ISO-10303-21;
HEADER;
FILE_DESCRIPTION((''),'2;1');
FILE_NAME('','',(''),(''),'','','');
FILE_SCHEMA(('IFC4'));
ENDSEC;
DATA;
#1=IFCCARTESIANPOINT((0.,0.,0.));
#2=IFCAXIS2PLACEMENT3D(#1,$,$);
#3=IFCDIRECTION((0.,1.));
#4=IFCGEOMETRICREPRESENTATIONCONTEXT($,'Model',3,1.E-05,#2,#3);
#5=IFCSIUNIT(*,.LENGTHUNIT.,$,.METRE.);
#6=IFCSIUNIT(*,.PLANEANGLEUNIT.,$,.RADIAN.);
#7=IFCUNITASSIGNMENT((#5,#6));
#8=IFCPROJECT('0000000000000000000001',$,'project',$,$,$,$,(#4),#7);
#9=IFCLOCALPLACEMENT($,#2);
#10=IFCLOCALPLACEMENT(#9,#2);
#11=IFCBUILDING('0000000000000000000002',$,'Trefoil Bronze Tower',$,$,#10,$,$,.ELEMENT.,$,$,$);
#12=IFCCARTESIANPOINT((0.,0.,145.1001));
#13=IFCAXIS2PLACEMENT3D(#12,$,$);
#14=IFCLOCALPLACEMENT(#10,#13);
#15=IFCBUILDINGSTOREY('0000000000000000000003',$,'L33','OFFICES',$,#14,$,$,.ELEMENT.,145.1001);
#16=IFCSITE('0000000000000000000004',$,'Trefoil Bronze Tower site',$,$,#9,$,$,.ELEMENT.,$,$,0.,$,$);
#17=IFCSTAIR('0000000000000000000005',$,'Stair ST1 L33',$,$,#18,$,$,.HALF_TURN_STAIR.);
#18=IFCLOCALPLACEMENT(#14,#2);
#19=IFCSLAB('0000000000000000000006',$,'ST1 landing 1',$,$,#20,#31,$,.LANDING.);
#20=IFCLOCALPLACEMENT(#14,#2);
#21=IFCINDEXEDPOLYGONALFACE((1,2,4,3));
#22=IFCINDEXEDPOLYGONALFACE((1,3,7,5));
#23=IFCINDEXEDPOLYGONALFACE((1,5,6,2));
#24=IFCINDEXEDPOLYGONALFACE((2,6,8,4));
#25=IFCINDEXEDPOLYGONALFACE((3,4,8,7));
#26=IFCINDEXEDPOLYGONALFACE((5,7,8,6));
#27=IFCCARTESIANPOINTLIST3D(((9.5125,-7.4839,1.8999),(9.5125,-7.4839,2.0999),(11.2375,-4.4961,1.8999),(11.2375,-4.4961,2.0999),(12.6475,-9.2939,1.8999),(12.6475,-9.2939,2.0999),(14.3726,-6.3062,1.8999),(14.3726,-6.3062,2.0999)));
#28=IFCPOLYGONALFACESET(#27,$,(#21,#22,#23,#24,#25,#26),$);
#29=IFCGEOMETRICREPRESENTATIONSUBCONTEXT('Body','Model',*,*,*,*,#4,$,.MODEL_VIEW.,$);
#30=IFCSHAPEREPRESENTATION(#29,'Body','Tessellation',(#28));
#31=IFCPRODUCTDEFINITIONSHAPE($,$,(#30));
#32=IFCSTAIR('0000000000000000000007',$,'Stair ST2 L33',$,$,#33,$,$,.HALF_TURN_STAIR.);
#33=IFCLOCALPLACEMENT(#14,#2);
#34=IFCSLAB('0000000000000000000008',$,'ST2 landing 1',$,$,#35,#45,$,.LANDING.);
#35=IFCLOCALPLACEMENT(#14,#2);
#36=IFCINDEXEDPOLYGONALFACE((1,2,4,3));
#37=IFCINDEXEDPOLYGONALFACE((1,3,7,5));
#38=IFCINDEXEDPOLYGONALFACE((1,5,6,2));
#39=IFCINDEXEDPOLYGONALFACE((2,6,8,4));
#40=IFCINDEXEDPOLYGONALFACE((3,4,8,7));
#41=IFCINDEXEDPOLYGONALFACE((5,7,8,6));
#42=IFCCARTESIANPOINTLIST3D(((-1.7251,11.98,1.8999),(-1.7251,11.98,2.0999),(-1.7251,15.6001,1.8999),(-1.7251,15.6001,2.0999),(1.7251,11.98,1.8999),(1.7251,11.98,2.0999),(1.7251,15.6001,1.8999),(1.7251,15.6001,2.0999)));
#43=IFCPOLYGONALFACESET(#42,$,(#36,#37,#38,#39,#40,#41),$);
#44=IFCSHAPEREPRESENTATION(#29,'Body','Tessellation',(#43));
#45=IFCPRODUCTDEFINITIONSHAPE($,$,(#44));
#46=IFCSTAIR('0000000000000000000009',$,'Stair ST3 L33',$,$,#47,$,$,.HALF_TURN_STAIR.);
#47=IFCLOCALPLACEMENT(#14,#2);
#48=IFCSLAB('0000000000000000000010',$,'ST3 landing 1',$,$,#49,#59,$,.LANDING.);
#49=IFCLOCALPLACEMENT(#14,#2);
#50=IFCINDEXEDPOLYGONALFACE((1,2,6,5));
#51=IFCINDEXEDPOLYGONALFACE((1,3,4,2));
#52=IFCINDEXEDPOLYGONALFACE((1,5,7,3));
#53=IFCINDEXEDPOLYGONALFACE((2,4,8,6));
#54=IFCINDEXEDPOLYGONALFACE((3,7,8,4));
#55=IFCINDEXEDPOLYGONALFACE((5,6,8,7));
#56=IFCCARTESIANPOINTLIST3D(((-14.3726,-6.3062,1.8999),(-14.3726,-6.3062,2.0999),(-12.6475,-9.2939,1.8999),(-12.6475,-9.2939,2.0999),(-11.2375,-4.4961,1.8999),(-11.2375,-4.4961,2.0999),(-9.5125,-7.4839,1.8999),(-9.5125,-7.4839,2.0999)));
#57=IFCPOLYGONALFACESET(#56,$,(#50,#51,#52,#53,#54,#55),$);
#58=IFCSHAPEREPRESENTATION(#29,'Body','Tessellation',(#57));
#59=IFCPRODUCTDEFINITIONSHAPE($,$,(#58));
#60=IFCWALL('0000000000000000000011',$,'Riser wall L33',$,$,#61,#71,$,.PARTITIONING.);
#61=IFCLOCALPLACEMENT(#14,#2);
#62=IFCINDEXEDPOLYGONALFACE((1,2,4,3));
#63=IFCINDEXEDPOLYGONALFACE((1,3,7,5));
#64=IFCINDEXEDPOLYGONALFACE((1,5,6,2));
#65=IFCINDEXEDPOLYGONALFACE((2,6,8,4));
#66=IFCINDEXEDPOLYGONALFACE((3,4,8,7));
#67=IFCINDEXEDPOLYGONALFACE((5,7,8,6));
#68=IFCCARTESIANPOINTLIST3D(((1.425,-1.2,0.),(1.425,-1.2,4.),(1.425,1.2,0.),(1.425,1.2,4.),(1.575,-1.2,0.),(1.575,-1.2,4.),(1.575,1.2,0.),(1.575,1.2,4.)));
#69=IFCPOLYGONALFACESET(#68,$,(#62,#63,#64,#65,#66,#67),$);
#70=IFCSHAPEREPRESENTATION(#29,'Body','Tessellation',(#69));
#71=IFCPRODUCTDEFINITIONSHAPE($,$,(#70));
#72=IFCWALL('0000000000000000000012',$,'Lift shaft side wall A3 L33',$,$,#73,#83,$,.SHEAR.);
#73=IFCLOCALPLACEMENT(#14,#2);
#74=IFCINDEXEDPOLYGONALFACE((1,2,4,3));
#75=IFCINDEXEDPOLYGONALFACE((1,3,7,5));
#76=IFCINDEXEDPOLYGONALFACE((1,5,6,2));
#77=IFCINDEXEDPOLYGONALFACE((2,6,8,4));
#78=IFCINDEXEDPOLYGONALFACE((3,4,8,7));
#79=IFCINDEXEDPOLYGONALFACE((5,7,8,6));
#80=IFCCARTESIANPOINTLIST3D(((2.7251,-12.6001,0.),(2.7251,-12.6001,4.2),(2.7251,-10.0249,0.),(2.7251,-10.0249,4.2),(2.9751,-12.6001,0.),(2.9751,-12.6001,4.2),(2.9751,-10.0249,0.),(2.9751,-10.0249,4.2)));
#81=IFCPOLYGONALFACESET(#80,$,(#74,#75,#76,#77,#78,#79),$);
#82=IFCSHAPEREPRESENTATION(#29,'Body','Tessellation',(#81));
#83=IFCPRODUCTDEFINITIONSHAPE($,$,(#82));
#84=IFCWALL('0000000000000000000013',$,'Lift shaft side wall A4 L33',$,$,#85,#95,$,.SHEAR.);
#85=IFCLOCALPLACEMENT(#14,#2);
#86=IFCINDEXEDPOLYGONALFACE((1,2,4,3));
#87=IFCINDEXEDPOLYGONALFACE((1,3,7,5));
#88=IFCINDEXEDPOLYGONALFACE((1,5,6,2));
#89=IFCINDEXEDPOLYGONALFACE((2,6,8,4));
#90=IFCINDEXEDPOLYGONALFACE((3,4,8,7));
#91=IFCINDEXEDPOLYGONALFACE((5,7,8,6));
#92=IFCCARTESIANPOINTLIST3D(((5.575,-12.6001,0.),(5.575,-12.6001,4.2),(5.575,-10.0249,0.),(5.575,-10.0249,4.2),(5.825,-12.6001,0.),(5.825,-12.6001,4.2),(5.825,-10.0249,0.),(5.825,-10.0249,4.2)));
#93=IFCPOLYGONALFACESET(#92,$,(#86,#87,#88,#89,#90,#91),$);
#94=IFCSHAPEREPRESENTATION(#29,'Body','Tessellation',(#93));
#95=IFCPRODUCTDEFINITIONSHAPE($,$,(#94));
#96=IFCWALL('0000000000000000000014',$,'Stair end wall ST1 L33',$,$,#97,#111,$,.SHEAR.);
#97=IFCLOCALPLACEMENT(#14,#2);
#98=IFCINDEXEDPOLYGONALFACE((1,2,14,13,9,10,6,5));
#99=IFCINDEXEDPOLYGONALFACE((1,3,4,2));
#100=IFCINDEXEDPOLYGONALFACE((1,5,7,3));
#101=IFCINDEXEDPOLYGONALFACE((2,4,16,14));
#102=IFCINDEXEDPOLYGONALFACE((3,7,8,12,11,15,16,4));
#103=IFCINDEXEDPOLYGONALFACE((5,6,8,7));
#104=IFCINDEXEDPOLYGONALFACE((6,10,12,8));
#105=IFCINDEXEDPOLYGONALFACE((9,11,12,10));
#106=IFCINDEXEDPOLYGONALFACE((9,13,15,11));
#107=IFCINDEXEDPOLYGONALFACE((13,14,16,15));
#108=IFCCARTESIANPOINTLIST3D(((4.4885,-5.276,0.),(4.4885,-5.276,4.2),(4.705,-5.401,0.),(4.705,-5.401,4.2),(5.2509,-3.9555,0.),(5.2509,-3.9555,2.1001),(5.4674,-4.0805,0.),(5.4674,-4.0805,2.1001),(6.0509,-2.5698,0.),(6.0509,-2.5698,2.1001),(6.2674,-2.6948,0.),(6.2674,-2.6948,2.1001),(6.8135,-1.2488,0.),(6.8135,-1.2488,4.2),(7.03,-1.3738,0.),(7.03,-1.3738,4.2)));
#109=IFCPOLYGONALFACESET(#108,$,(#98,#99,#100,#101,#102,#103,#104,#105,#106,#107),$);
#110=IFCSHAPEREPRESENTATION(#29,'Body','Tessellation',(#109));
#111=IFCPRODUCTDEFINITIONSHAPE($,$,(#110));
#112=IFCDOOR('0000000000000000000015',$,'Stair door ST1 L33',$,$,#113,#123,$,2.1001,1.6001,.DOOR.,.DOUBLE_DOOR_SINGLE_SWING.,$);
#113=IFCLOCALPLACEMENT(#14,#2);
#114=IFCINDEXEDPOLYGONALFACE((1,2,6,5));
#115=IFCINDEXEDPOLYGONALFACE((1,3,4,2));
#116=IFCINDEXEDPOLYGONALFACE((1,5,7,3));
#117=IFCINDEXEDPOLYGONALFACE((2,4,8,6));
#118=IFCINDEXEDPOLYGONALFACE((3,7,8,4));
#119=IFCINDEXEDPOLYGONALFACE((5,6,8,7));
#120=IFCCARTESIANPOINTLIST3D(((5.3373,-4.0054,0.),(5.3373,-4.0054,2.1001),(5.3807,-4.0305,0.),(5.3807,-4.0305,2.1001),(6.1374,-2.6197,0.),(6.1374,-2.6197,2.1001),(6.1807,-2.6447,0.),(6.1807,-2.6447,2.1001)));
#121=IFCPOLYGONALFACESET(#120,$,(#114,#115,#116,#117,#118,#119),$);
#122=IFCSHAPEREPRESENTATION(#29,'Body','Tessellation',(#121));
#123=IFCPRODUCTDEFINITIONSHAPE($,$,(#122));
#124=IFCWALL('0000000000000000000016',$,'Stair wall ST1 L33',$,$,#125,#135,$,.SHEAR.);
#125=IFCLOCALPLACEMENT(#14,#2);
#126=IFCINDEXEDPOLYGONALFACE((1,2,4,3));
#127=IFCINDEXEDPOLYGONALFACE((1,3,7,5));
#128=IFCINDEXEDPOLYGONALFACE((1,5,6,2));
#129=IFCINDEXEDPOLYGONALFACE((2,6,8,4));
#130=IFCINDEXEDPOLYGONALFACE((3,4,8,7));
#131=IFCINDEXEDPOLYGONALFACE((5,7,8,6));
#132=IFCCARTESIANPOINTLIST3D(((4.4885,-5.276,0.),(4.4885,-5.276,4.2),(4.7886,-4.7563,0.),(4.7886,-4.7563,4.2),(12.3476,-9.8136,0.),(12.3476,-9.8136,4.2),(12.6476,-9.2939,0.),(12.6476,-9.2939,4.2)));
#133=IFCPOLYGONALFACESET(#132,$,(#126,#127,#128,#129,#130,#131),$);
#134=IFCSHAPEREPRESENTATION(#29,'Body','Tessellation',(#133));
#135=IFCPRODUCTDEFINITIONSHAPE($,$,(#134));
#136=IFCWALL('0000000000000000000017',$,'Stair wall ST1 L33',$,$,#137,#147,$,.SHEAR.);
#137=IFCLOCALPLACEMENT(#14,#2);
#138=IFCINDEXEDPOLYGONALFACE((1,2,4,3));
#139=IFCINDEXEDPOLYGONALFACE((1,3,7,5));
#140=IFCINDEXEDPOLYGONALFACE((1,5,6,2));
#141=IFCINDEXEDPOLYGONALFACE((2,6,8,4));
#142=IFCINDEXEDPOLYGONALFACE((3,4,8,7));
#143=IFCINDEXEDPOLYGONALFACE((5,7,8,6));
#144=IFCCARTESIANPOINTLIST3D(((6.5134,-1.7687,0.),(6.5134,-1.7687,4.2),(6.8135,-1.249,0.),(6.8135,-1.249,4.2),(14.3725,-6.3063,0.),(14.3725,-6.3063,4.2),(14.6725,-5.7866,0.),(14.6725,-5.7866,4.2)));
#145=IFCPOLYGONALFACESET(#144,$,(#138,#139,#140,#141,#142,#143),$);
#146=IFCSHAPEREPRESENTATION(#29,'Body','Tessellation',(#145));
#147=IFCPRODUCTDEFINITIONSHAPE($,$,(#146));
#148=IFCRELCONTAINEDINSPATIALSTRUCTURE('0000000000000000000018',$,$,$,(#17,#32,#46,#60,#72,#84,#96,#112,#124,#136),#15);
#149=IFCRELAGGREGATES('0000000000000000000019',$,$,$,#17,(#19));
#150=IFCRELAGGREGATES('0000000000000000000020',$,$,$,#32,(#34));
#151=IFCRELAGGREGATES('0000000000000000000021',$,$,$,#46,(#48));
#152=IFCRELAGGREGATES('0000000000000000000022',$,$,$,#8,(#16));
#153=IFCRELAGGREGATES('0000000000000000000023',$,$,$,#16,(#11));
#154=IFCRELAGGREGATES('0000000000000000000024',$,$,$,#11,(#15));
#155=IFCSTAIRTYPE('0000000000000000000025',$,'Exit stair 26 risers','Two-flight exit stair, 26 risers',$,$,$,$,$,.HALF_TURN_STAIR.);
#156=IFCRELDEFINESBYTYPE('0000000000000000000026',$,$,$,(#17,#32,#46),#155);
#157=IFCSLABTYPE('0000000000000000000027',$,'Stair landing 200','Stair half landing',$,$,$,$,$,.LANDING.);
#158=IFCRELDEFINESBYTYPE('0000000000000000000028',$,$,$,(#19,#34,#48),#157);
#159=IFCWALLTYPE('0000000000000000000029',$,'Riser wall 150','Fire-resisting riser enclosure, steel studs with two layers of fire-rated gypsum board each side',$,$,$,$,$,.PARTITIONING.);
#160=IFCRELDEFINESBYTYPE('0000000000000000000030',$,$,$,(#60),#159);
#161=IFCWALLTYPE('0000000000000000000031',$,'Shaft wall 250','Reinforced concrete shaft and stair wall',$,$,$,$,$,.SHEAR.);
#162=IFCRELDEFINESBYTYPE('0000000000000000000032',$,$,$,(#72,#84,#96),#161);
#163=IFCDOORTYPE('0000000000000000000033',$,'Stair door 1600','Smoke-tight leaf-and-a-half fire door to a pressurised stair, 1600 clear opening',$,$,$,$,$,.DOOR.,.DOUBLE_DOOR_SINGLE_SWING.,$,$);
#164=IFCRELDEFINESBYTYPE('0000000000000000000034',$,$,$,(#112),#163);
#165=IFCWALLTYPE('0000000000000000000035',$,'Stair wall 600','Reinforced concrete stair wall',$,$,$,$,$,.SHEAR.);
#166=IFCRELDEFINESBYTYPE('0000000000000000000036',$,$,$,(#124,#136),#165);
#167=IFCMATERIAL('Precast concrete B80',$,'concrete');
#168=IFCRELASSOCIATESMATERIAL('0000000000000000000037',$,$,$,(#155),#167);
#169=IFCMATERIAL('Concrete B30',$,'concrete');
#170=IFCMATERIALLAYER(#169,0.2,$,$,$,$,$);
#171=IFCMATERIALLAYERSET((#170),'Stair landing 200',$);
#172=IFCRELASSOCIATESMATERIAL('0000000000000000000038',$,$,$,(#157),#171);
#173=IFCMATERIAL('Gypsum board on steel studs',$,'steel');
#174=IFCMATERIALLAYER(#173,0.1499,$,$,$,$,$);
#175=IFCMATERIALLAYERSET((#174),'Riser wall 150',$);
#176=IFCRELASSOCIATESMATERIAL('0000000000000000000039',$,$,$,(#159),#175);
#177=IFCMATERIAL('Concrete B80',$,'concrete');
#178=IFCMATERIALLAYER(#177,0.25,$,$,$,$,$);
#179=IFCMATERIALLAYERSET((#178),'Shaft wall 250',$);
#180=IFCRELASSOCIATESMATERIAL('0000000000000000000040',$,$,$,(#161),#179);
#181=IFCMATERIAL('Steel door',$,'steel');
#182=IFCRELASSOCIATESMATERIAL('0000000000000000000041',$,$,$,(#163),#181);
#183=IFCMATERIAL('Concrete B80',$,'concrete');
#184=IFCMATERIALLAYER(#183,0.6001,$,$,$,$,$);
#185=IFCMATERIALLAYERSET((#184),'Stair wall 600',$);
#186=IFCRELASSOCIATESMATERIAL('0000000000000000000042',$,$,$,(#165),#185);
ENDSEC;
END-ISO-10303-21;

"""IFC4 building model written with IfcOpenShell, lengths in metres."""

from ifc_helpers import new_model, si_unit, direction, frame, frame_2d, origin, place, context, subcontext, project, spatial, polyline, rectangle, outline, extrude, material, layer, layer_set, type_object, element, fill, aggregate, save


model = new_model("IFC4")

# Units and contexts
model_context = context("Model", 3, precision=1e-05, world=origin(), true_north=direction((0.0, 1.0)))
body_context = subcontext(model_context, "Body", "Model", "MODEL_VIEW")
ifc_project = project(units=[si_unit("LENGTHUNIT", "METRE"), si_unit("PLANEANGLEUNIT", "RADIAN")], contexts=[model_context])

# Site, building, storey
site_placement = place(None, origin())
site = spatial("IfcSite", under=ifc_project, at=site_placement, Name="Trefoil Bronze Tower site", CompositionType="ELEMENT", RefElevation=0.0)
building_placement = place(site_placement, origin())
building = spatial("IfcBuilding", under=site, at=building_placement, Name="Trefoil Bronze Tower", CompositionType="ELEMENT")
storey_placement = place(building_placement, frame((0.0, 0.0, 145.1001)))
storey = spatial("IfcBuildingStorey", under=building, at=storey_placement, Name="L33", Description="OFFICES", CompositionType="ELEMENT", Elevation=145.1001)

# Stairs, slabs
ifc_material_1 = material(Name="Precast concrete B80", Category="concrete")
stair_type = type_object("IfcStairType", Name="Exit stair 26 risers", Description="Two-flight exit stair, 26 risers", PredefinedType="HALF_TURN_STAIR", material=ifc_material_1)
stair_1_placement = place(storey_placement, origin())
stair_1 = element("IfcStair", 1, at=stair_1_placement, inside=storey, type_object=stair_type, Name="Stair ST1 L33", PredefinedType="HALF_TURN_STAIR")
ifc_material_2 = material(Name="Concrete B30", Category="concrete")
ifc_layer_1 = layer(ifc_material_2, 0.2)
ifc_layer_set_1 = layer_set([ifc_layer_1], Name="Stair landing 200")
slab_type = type_object("IfcSlabType", Name="Stair landing 200", Description="Stair half landing", PredefinedType="LANDING", material=ifc_layer_set_1)
slab_1_placement = place(storey_placement, frame((0.0, 0.0, 1.8999)))
slab_1 = element("IfcSlab", 2, at=slab_1_placement, type_object=slab_type, Name="ST1 landing 1", PredefinedType="LANDING", context=body_context, shape_type="SweptSolid", body=[
    extrude(outline(polyline([(9.5125, -7.4839), (12.6475, -9.2939), (14.3726, -6.3062), (11.2375, -4.4961), (9.5125, -7.4839)])), origin(), (0.0, 0.0, 1.0), 0.2),
])
aggregate(stair_1, [slab_1])
stair_2_placement = place(storey_placement, origin())
stair_2 = element("IfcStair", 3, at=stair_2_placement, inside=storey, type_object=stair_type, Name="Stair ST2 L33", PredefinedType="HALF_TURN_STAIR")
slab_2_placement = place(storey_placement, frame((0.0, 0.0, 1.8999)))
slab_2 = element("IfcSlab", 4, at=slab_2_placement, type_object=slab_type, Name="ST2 landing 1", PredefinedType="LANDING", context=body_context, shape_type="SweptSolid", body=[
    extrude(outline(polyline([(1.7251, 11.98), (1.7251, 15.6001), (-1.7251, 15.6001), (-1.7251, 11.98), (1.7251, 11.98)])), origin(), (0.0, 0.0, 1.0), 0.2),
])
aggregate(stair_2, [slab_2])
stair_3_placement = place(storey_placement, origin())
stair_3 = element("IfcStair", 5, at=stair_3_placement, inside=storey, type_object=stair_type, Name="Stair ST3 L33", PredefinedType="HALF_TURN_STAIR")
slab_3_placement = place(storey_placement, frame((0.0, 0.0, 1.8999)))
slab_3 = element("IfcSlab", 6, at=slab_3_placement, type_object=slab_type, Name="ST3 landing 1", PredefinedType="LANDING", context=body_context, shape_type="SweptSolid", body=[
    extrude(outline(polyline([(-11.2375, -4.4961), (-14.3726, -6.3062), (-12.6475, -9.2939), (-9.5125, -7.4839), (-11.2375, -4.4961)])), origin(), (0.0, 0.0, 1.0), 0.2),
])
aggregate(stair_3, [slab_3])

# Walls
ifc_material_3 = material(Name="Gypsum board on steel studs", Category="steel")
ifc_layer_2 = layer(ifc_material_3, 0.1499)
ifc_layer_set_2 = layer_set([ifc_layer_2], Name="Riser wall 150")
wall_type_1 = type_object("IfcWallType", Name="Riser wall 150", Description="Fire-resisting riser enclosure, steel studs with two layers of fire-rated gypsum board each side", PredefinedType="PARTITIONING", material=ifc_layer_set_2)
wall_1_placement = place(storey_placement, frame((1.5, -1.2, 0.0), z_axis=(0.0, 0.0, 1.0), x_axis=(0.0, 1.0, 0.0)))
element("IfcWall", 7, at=wall_1_placement, inside=storey, type_object=wall_type_1, Name="Riser wall L33", PredefinedType="PARTITIONING", context=body_context, shape_type="SweptSolid", body=[
    extrude(rectangle(XDim=2.3999, YDim=0.1499, at=frame_2d((1.2, 0.0))), origin(), (0.0, 0.0, 1.0), 4.0),
])
ifc_material_4 = material(Name="Concrete B80", Category="concrete")
ifc_layer_3 = layer(ifc_material_4, 0.25)
ifc_layer_set_3 = layer_set([ifc_layer_3], Name="Shaft wall 250")
wall_type_2 = type_object("IfcWallType", Name="Shaft wall 250", Description="Reinforced concrete shaft and stair wall", PredefinedType="SHEAR", material=ifc_layer_set_3)
for number, where, z_axis, x_axis, name in (
    (8, (2.8501, -10.0249, 0.0), (0.0, 0.0, 1.0), (0.0, -1.0, 0.0), "Lift shaft side wall A3 L33"),
    (9, (5.7, -10.0249, 0.0), (0.0, 0.0, 1.0), (0.0, -1.0, 0.0), "Lift shaft side wall A4 L33"),
):
    element("IfcWall", number, at=place(storey_placement, frame(where, z_axis=z_axis, x_axis=x_axis)), inside=storey, type_object=wall_type_2, Name=name, PredefinedType="SHEAR", context=body_context, shape_type="SweptSolid", body=[
        extrude(rectangle(XDim=2.5752, YDim=0.25, at=frame_2d((1.2876, 0.0))), origin(), (0.0, 0.0, 1.0), 4.2),
    ])

# Wall, opening, door
wall_2_placement = place(storey_placement, frame((4.5967, -5.3386, 0.0), z_axis=(0.0, 0.0, 1.0), x_axis=(0.499985, 0.866034, 0.0)))
wall_2 = element("IfcWall", 10, at=wall_2_placement, inside=storey, type_object=wall_type_2, Name="Stair end wall ST1 L33", PredefinedType="SHEAR", context=body_context, shape_type="SweptSolid", body=[
    extrude(rectangle(XDim=4.6501, YDim=0.25, at=frame_2d((2.3252, 0.0))), origin(), (0.0, 0.0, 1.0), 4.2),
])
opening_placement = place(wall_2_placement, frame((1.5249, 0.0, 0.0)))
opening = element("IfcOpeningElement", 11, at=opening_placement, cuts=wall_2, PredefinedType="OPENING", context=body_context, shape_type="SweptSolid", body=[
    extrude(rectangle(XDim=1.6001, YDim=2.1001, at=frame_2d((0.8, 1.05))), frame((0.0, 0.135, 0.0), z_axis=(0.0, -1.0, 0.0), x_axis=(1.0, 0.0, 0.0)), (0.0, 0.0, 1.0), 0.27),
])
ifc_material_5 = material(Name="Steel door", Category="steel")
door_type = type_object("IfcDoorType", Name="Stair door 1600", Description="Smoke-tight leaf-and-a-half fire door to a pressurised stair, 1600 clear opening", OperationType="DOUBLE_DOOR_SINGLE_SWING", PredefinedType="DOOR", material=ifc_material_5)
door_placement = place(opening_placement, frame((1.6001, 0.0, 0.0), z_axis=(0.0, 0.0, 1.0), x_axis=(-1.0, 0.0, 0.0)))
door = element("IfcDoor", 12, at=door_placement, inside=storey, type_object=door_type, Name="Stair door ST1 L33", OperationType="DOUBLE_DOOR_SINGLE_SWING", OverallHeight=2.1001, OverallWidth=1.6001, PredefinedType="DOOR", context=body_context, shape_type="SweptSolid", body=[
    extrude(rectangle(XDim=1.6001, YDim=2.1001, at=frame_2d((0.8, 1.05))), frame((0.0, 0.0249, 0.0), z_axis=(0.0, -1.0, 0.0), x_axis=(1.0, 0.0, 0.0)), (0.0, 0.0, 1.0), 0.05),
])
fill(opening, door)

# Walls
ifc_material_6 = material(Name="Concrete B80", Category="concrete")
ifc_layer_4 = layer(ifc_material_6, 0.6001)
ifc_layer_set_4 = layer_set([ifc_layer_4], Name="Stair wall 600")
wall_type_3 = type_object("IfcWallType", Name="Stair wall 600", Description="Reinforced concrete stair wall", PredefinedType="SHEAR", material=ifc_layer_set_4)
for number, where, z_axis, x_axis, name in (
    (13, (4.6384, -5.0161, 0.0), (0.0, 0.0, 1.0), (0.866019, -0.50001, 0.0), "Stair wall ST1 L33"),
    (14, (6.6633, -1.5088, 0.0), (0.0, 0.0, 1.0), (0.866019, -0.50001, 0.0), "Stair wall ST1 L33"),
):
    element("IfcWall", number, at=place(storey_placement, frame(where, z_axis=z_axis, x_axis=x_axis)), inside=storey, type_object=wall_type_3, Name=name, PredefinedType="SHEAR", context=body_context, shape_type="SweptSolid", body=[
        extrude(rectangle(XDim=9.075, YDim=0.6001, at=frame_2d((4.5376, 0.0))), origin(), (0.0, 0.0, 1.0), 4.2),
    ])

save(model, "model.ifc")
